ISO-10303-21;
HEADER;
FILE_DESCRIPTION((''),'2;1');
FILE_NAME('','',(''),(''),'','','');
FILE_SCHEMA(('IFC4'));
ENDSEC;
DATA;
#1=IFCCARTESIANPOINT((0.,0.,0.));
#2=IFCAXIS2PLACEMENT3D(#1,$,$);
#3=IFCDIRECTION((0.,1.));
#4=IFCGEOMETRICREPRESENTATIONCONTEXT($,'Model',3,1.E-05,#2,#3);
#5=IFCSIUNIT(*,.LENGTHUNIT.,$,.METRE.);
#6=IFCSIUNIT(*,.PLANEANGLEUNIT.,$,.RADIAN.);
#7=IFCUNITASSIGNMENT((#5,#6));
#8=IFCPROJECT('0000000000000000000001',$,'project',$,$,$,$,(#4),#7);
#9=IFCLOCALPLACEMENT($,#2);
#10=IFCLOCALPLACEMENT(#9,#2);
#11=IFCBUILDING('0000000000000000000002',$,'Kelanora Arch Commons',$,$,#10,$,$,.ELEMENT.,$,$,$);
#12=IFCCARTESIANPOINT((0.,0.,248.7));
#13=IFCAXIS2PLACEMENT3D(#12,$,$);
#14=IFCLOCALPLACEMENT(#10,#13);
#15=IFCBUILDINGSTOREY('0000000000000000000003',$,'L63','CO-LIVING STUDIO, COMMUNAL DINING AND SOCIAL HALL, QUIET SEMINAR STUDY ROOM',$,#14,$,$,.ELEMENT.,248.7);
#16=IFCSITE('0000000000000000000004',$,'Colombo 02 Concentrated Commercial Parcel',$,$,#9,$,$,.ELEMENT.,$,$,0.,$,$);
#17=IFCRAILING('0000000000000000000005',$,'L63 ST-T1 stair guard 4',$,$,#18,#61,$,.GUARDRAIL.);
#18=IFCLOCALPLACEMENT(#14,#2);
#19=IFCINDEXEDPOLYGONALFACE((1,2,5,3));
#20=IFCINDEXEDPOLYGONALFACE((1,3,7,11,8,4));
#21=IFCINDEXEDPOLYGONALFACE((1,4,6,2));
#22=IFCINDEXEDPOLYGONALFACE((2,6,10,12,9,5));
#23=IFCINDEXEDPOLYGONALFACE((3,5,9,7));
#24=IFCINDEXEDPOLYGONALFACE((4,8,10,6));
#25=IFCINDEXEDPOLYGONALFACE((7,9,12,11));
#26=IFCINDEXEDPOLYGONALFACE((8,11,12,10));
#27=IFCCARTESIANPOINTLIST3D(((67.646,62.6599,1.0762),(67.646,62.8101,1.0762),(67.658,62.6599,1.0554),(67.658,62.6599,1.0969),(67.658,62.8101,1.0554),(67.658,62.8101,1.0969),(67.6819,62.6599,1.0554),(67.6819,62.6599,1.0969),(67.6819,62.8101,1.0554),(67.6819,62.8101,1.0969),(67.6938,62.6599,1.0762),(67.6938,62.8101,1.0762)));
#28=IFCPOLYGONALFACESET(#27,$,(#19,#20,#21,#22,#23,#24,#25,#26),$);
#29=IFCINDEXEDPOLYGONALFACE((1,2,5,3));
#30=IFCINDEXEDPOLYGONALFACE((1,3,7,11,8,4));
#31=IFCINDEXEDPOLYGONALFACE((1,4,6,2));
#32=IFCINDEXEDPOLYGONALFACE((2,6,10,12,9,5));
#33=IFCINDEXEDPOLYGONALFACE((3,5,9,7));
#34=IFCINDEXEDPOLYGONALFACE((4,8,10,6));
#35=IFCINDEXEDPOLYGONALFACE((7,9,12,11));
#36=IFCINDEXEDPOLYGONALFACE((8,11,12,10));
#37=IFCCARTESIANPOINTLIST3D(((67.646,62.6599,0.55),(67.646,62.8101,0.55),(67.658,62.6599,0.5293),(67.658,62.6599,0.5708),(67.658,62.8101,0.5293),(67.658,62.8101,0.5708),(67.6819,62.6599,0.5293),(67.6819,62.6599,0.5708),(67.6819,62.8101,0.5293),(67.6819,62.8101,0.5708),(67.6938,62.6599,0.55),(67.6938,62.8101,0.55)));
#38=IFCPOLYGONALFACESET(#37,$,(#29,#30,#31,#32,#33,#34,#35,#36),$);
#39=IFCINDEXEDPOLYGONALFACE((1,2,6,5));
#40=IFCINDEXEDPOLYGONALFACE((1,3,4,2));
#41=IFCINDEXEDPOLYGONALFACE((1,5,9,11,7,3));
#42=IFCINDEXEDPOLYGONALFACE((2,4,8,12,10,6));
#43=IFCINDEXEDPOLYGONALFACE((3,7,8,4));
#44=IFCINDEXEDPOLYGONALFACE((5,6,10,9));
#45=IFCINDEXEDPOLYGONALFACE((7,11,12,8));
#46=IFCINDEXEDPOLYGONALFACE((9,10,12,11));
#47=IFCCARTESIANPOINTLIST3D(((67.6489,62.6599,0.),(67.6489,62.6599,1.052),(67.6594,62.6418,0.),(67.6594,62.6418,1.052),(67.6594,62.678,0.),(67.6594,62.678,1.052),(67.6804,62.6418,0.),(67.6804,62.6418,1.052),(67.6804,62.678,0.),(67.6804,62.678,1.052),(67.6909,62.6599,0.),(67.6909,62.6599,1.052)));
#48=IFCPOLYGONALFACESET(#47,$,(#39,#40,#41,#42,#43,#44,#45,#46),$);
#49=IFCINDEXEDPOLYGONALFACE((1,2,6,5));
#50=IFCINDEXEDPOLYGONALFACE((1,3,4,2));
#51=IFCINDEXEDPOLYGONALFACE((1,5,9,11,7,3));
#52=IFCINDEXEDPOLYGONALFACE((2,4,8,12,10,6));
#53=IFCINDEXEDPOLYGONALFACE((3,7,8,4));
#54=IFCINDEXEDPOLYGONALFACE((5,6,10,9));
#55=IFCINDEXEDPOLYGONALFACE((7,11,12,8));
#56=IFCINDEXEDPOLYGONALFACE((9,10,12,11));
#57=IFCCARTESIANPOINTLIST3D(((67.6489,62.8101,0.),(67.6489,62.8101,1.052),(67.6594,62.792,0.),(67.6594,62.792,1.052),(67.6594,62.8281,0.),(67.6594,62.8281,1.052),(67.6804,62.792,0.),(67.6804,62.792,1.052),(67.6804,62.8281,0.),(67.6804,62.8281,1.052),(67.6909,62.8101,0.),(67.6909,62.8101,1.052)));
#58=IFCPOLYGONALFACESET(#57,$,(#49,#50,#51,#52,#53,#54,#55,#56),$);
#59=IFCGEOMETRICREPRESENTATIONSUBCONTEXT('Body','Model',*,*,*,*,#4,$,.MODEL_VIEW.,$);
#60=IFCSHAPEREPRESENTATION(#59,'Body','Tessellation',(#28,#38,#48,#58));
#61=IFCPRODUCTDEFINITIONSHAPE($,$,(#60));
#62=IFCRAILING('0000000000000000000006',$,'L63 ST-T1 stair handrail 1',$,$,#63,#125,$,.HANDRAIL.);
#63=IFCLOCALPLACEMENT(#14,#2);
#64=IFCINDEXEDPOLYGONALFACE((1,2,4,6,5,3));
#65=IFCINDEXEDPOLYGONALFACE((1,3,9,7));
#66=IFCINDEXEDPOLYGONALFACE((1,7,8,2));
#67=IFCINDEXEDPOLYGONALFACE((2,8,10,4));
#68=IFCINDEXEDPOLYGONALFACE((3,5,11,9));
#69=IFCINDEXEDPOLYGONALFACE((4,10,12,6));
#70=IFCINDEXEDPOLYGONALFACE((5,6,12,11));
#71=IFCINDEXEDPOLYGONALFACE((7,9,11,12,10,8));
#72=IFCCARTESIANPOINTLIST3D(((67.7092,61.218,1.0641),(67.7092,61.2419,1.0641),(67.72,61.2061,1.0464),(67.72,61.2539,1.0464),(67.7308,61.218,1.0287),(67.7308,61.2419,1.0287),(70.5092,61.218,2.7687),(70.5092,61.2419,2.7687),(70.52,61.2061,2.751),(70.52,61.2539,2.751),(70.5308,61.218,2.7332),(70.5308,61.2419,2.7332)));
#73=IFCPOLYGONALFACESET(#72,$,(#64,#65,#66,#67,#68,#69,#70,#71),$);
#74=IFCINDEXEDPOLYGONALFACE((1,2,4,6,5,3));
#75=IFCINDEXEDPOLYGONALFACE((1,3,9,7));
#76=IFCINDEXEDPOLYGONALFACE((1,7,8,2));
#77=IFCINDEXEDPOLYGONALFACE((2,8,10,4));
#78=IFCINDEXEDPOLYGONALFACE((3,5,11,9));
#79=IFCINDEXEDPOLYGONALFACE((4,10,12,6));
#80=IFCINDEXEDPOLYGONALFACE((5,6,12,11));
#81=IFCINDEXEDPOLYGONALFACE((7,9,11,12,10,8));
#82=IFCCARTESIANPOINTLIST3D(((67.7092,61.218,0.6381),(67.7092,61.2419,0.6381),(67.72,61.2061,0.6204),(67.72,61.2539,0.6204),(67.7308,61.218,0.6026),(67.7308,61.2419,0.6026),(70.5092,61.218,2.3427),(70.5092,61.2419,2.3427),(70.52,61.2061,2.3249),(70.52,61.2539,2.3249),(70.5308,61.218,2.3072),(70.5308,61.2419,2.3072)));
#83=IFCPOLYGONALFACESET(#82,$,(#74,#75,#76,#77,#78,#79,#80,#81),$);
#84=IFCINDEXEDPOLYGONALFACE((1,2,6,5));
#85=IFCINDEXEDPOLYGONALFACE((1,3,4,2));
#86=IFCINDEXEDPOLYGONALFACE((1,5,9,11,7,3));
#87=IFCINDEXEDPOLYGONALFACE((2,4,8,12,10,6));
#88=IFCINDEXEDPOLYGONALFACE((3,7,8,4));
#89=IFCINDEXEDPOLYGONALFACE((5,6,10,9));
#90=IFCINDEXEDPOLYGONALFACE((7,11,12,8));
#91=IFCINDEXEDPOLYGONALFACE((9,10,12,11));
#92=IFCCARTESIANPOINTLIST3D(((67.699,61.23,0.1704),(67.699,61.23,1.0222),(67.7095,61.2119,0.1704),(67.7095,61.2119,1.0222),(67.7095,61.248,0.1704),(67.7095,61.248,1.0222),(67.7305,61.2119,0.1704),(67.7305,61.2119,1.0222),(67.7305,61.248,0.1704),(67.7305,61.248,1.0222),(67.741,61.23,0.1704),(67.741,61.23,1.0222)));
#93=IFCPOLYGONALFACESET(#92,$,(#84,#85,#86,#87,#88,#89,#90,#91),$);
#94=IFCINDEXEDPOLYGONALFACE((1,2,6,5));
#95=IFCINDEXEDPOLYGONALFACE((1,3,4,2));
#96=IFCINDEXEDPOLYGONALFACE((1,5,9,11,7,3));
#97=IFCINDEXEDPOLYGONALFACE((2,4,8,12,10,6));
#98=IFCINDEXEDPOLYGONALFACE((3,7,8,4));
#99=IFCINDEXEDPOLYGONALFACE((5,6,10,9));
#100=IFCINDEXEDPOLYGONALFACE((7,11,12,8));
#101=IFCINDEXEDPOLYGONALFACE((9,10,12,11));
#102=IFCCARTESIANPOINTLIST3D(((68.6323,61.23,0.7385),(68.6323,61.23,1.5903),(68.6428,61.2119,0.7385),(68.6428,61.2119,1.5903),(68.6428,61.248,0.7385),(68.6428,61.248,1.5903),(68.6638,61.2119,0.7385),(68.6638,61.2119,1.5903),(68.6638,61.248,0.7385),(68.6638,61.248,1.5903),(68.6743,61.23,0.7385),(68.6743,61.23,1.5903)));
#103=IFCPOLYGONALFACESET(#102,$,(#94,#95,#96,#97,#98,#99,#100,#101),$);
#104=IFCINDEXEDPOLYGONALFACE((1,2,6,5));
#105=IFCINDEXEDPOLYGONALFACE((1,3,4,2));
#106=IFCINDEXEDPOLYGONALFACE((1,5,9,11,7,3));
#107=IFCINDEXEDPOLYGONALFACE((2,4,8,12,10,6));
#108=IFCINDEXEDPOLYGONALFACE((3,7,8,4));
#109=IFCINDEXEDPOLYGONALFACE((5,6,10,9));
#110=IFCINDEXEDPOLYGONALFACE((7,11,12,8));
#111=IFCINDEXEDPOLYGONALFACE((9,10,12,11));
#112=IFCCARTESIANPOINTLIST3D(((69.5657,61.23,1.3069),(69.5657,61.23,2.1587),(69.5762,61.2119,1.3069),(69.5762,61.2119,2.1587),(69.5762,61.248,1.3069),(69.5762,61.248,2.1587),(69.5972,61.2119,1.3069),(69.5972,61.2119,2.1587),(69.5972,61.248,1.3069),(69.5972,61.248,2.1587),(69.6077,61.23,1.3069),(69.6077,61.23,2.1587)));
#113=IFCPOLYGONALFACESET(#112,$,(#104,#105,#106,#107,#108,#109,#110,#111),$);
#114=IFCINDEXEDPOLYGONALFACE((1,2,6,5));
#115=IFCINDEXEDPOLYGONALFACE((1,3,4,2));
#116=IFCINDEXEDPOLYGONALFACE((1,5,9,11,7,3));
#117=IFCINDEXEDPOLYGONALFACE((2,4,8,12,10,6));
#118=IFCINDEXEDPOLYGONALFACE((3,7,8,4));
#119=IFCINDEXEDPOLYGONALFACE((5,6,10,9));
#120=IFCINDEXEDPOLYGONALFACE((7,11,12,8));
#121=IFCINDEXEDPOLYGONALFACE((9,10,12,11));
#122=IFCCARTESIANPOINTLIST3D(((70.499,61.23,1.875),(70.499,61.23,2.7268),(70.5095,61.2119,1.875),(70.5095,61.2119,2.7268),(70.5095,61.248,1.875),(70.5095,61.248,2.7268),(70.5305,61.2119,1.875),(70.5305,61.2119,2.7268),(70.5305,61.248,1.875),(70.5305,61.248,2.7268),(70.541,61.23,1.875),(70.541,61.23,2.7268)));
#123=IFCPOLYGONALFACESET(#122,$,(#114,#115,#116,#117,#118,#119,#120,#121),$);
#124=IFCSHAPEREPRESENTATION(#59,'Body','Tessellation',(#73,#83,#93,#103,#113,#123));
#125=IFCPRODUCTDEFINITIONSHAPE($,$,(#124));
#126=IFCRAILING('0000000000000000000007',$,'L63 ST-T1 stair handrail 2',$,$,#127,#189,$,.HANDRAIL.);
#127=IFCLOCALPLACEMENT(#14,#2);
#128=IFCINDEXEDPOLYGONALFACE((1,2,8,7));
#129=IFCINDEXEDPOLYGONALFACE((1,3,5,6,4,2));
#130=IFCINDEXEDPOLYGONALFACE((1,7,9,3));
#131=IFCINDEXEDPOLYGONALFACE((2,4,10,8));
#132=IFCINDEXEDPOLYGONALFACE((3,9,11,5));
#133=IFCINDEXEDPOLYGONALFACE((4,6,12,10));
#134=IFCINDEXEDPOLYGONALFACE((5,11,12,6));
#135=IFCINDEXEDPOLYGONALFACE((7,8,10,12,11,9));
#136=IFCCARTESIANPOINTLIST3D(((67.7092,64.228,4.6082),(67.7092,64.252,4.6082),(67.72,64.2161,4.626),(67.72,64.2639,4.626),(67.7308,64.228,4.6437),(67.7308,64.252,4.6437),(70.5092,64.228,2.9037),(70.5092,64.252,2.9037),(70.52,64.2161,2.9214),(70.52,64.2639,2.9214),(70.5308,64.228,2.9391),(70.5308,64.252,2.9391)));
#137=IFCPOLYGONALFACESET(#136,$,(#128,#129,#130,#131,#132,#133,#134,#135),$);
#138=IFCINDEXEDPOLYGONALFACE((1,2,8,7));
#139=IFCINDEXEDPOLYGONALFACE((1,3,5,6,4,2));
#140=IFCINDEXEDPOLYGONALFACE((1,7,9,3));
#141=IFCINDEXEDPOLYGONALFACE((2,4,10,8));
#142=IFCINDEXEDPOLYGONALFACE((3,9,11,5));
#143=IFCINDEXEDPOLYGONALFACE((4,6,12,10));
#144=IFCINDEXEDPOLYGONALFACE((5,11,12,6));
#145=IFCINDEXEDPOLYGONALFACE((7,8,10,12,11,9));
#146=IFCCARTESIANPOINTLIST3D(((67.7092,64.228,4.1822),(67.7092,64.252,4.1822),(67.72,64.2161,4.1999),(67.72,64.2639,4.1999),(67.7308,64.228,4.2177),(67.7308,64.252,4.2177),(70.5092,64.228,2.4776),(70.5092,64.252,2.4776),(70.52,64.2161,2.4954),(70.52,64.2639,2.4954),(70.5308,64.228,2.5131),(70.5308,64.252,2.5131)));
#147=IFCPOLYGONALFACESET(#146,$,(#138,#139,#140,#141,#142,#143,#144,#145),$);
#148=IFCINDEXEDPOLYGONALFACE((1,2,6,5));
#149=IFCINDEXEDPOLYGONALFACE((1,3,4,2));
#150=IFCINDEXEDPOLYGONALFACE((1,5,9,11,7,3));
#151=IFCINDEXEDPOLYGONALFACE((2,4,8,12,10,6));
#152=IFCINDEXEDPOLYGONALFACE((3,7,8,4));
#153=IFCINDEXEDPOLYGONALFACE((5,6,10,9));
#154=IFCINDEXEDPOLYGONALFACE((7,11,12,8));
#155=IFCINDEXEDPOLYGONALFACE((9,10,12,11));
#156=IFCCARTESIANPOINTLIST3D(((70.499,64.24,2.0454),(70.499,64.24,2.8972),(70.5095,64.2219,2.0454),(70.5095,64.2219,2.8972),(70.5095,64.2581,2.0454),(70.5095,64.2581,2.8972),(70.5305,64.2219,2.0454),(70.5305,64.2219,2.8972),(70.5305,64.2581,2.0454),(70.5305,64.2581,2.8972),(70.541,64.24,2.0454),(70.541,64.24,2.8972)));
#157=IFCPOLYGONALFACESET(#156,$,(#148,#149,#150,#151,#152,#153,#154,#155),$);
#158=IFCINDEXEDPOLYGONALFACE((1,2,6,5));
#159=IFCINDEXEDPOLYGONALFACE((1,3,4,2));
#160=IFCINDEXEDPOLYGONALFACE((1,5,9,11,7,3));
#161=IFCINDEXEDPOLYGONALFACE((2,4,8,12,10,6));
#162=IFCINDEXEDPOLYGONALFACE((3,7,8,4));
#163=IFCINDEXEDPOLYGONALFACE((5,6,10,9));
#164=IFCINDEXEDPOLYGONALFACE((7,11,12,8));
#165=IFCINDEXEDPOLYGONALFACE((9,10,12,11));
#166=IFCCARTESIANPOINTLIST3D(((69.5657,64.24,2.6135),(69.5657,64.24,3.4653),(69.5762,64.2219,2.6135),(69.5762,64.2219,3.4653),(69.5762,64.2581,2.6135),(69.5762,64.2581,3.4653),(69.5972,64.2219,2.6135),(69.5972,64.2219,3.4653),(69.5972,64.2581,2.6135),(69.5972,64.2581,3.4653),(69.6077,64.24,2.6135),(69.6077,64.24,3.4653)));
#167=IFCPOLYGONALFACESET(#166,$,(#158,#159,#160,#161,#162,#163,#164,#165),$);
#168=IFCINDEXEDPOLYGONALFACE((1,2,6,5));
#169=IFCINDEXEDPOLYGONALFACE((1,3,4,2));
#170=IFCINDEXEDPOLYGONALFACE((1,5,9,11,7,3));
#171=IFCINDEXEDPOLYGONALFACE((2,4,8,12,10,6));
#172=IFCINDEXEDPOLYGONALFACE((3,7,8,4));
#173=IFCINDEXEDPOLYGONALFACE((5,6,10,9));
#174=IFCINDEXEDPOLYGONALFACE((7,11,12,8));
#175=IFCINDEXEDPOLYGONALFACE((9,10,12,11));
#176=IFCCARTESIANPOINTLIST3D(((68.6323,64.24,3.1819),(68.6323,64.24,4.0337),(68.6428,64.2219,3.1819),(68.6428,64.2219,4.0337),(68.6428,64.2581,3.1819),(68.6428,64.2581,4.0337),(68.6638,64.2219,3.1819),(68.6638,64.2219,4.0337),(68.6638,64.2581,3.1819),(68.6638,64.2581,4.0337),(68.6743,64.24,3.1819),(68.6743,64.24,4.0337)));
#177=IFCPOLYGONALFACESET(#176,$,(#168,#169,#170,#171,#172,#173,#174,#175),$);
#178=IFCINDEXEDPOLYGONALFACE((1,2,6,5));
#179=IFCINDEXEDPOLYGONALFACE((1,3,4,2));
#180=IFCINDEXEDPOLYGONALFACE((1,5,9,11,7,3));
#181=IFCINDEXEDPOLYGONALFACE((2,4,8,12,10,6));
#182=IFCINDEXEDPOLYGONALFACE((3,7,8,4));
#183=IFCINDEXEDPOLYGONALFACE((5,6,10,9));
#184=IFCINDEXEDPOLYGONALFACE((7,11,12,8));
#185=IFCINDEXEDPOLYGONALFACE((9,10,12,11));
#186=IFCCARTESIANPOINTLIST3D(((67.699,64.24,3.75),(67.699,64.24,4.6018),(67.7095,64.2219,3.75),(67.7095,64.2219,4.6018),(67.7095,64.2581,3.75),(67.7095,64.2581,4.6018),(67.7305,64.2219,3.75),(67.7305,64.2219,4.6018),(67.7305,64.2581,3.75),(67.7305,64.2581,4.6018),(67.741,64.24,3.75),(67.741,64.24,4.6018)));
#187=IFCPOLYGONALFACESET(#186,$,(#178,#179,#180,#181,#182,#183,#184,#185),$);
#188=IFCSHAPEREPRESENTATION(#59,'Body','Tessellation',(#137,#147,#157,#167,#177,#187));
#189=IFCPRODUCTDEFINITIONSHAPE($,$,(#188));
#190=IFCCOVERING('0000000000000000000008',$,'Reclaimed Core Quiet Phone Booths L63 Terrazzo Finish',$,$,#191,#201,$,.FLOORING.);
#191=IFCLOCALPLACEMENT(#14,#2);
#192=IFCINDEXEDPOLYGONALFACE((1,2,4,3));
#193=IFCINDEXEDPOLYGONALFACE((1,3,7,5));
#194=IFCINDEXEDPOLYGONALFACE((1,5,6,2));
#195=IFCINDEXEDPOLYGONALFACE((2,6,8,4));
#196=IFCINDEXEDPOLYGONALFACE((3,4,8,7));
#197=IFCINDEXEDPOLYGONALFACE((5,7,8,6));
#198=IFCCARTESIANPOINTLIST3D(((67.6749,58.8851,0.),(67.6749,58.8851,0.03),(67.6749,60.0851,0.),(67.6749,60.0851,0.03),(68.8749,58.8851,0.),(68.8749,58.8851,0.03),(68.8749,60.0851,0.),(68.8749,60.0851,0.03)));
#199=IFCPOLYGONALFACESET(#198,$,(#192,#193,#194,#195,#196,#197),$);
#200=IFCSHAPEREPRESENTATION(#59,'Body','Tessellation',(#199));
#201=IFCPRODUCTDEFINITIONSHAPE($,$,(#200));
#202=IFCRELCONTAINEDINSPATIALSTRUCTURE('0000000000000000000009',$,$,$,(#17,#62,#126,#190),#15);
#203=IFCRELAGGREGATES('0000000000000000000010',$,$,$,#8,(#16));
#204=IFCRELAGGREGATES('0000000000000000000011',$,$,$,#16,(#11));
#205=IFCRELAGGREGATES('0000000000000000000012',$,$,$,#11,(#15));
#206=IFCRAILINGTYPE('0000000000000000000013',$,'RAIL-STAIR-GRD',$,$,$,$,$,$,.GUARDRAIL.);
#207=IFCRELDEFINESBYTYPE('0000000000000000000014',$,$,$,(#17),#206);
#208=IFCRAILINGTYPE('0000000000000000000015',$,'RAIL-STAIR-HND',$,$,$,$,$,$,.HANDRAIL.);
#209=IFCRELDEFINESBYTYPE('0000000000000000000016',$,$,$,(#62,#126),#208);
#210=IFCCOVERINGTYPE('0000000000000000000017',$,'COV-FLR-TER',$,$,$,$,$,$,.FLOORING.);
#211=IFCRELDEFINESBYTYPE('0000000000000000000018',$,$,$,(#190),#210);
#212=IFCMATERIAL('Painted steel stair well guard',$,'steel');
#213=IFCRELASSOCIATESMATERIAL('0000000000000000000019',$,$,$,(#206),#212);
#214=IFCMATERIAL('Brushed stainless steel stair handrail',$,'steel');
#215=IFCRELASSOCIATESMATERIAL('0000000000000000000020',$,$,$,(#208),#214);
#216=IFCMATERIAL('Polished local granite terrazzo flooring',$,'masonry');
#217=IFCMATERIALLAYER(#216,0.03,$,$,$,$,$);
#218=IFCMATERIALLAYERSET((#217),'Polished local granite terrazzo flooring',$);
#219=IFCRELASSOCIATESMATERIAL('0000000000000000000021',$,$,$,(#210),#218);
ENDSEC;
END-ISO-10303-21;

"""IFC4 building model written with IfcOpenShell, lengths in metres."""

from ifc_helpers import new_model, si_unit, direction, frame, origin, origin_2d, place, context, subcontext, project, spatial, polyline, rectangle, outline, extrude, source, transform, mapped, material, layer, layer_set, type_object, element, save


model = new_model("IFC4")

# Units and contexts
model_context = context("Model", 3, precision=1e-05, world=origin(), true_north=direction((0.0, 1.0)))
body_context = subcontext(model_context, "Body", "Model", "MODEL_VIEW")
ifc_project = project(units=[si_unit("LENGTHUNIT", "METRE"), si_unit("PLANEANGLEUNIT", "RADIAN")], contexts=[model_context])

# Site, building, storey
site_placement = place(None, origin())
site = spatial("IfcSite", under=ifc_project, at=site_placement, Name="Colombo 02 Concentrated Commercial Parcel", CompositionType="ELEMENT", RefElevation=0.0)
building_placement = place(site_placement, origin())
building = spatial("IfcBuilding", under=site, at=building_placement, Name="Kelanora Arch Commons", CompositionType="ELEMENT")
storey_placement = place(building_placement, frame((0.0, 0.0, 248.7)))
storey = spatial("IfcBuildingStorey", under=building, at=storey_placement, Name="L63", Description="CO-LIVING STUDIO, COMMUNAL DINING AND SOCIAL HALL, QUIET SEMINAR STUDY ROOM", CompositionType="ELEMENT", Elevation=248.7)

# Railings
ifc_material_1 = material(Name="Painted steel stair well guard", Category="steel")
railing_type_1 = type_object("IfcRailingType", Name="RAIL-STAIR-GRD", PredefinedType="GUARDRAIL", material=ifc_material_1)
railing_1_placement = place(storey_placement, frame((67.6699, 62.6599, 0.0)))
element("IfcRailing", 1, at=railing_1_placement, inside=storey, type_object=railing_type_1, Name="L63 ST-T1 stair guard 4", PredefinedType="GUARDRAIL", context=body_context, shape_type="SweptSolid", body=[
    extrude(outline(polyline([(0.0239, 0.0), (0.012, 0.0208), (-0.012, 0.0208), (-0.0239, 0.0), (-0.012, -0.0208), (0.012, -0.0208), (0.0239, 0.0)])), frame((0.0, 0.0, 1.0762), z_axis=(0.0, 1.0, 0.0), x_axis=(-1.0, 0.0, 0.0)), (0.0, 0.0, 1.0), 0.1501),
    extrude(outline(polyline([(0.0239, 0.0), (0.012, 0.0208), (-0.012, 0.0208), (-0.0239, 0.0), (-0.012, -0.0208), (0.012, -0.0208), (0.0239, 0.0)])), frame((0.0, 0.0, 0.55), z_axis=(0.0, 1.0, 0.0), x_axis=(-1.0, 0.0, 0.0)), (0.0, 0.0, 1.0), 0.1501),
    extrude(outline(polyline([(0.021, 0.0), (0.0105, 0.0181), (-0.0105, 0.0181), (-0.021, 0.0), (-0.0105, -0.0181), (0.0105, -0.0181), (0.021, 0.0)])), origin(), (0.0, 0.0, 1.0), 1.052),
    extrude(outline(polyline([(0.021, 0.0), (0.0105, 0.0181), (-0.0105, 0.0181), (-0.021, 0.0), (-0.0105, -0.0181), (0.0105, -0.0181), (0.021, 0.0)])), frame((0.0, 0.1501, 0.0)), (0.0, 0.0, 1.0), 1.052),
])
ifc_material_2 = material(Name="Brushed stainless steel stair handrail", Category="steel")
railing_type_2 = type_object("IfcRailingType", Name="RAIL-STAIR-HND", PredefinedType="HANDRAIL", material=ifc_material_2)
railing_2_placement = place(storey_placement, frame((67.72, 61.23, 0.1704)))
element("IfcRailing", 2, at=railing_2_placement, inside=storey, type_object=railing_type_2, Name="L63 ST-T1 stair handrail 1", PredefinedType="HANDRAIL", context=body_context, shape_type="SweptSolid", body=[
    extrude(outline(polyline([(0.0239, 0.0), (0.012, 0.0208), (-0.012, 0.0208), (-0.0239, 0.0), (-0.012, -0.0208), (0.012, -0.0208), (0.0239, 0.0)])), frame((0.0, 0.0, 0.876), z_axis=(0.85417, 0.0, 0.519994), x_axis=(0.0, 1.0, 0.0)), (0.0, 0.0, 1.0), 3.2781),
    extrude(outline(polyline([(0.0239, 0.0), (0.012, 0.0208), (-0.012, 0.0208), (-0.0239, 0.0), (-0.012, -0.0208), (0.012, -0.0208), (0.0239, 0.0)])), frame((0.0, 0.0, 0.45), z_axis=(0.85417, 0.0, 0.519994), x_axis=(0.0, 1.0, 0.0)), (0.0, 0.0, 1.0), 3.2781),
    extrude(outline(polyline([(0.021, 0.0), (0.0105, 0.0181), (-0.0105, 0.0181), (-0.021, 0.0), (-0.0105, -0.0181), (0.0105, -0.0181), (0.021, 0.0)])), origin(), (0.0, 0.0, 1.0), 0.8518),
    extrude(outline(polyline([(0.021, 0.0), (0.0105, 0.0181), (-0.0105, 0.0181), (-0.021, 0.0), (-0.0105, -0.0181), (0.0105, -0.0181), (0.021, 0.0)])), frame((0.9333, 0.0, 0.5681)), (0.0, 0.0, 1.0), 0.8518),
    extrude(outline(polyline([(0.021, 0.0), (0.0105, 0.0181), (-0.0105, 0.0181), (-0.021, 0.0), (-0.0105, -0.0181), (0.0105, -0.0181), (0.021, 0.0)])), frame((1.8667, 0.0, 1.1365)), (0.0, 0.0, 1.0), 0.8518),
    extrude(outline(polyline([(0.021, 0.0), (0.0105, 0.0181), (-0.0105, 0.0181), (-0.021, 0.0), (-0.0105, -0.0181), (0.0105, -0.0181), (0.021, 0.0)])), frame((2.8, 0.0, 1.7046)), (0.0, 0.0, 1.0), 0.8518),
])
railing_3_placement = place(storey_placement, frame((70.52, 64.24, 2.0454)))
element("IfcRailing", 3, at=railing_3_placement, inside=storey, type_object=railing_type_2, Name="L63 ST-T1 stair handrail 2", PredefinedType="HANDRAIL", context=body_context, shape_type="SweptSolid", body=[
    extrude(outline(polyline([(0.0239, 0.0), (0.012, 0.0208), (-0.012, 0.0208), (-0.0239, 0.0), (-0.012, -0.0208), (0.012, -0.0208), (0.0239, 0.0)])), frame((0.0, 0.0, 0.876), z_axis=(-0.85417, 0.0, 0.519994), x_axis=(0.0, -1.0, 0.0)), (0.0, 0.0, 1.0), 3.2781),
    extrude(outline(polyline([(0.0239, 0.0), (0.012, 0.0208), (-0.012, 0.0208), (-0.0239, 0.0), (-0.012, -0.0208), (0.012, -0.0208), (0.0239, 0.0)])), frame((0.0, 0.0, 0.45), z_axis=(-0.85417, 0.0, 0.519994), x_axis=(0.0, -1.0, 0.0)), (0.0, 0.0, 1.0), 3.2781),
    extrude(outline(polyline([(0.021, 0.0), (0.0105, 0.0181), (-0.0105, 0.0181), (-0.021, 0.0), (-0.0105, -0.0181), (0.0105, -0.0181), (0.021, 0.0)])), origin(), (0.0, 0.0, 1.0), 0.8518),
    extrude(outline(polyline([(0.021, 0.0), (0.0105, 0.0181), (-0.0105, 0.0181), (-0.021, 0.0), (-0.0105, -0.0181), (0.0105, -0.0181), (0.021, 0.0)])), frame((-0.9333, 0.0, 0.5681)), (0.0, 0.0, 1.0), 0.8518),
    extrude(outline(polyline([(0.021, 0.0), (0.0105, 0.0181), (-0.0105, 0.0181), (-0.021, 0.0), (-0.0105, -0.0181), (0.0105, -0.0181), (0.021, 0.0)])), frame((-1.8667, 0.0, 1.1365)), (0.0, 0.0, 1.0), 0.8518),
    extrude(outline(polyline([(0.021, 0.0), (0.0105, 0.0181), (-0.0105, 0.0181), (-0.021, 0.0), (-0.0105, -0.0181), (0.0105, -0.0181), (0.021, 0.0)])), frame((-2.8, 0.0, 1.7046)), (0.0, 0.0, 1.0), 0.8518),
])

# Covering
ifc_material_3 = material(Name="Polished local granite terrazzo flooring", Category="masonry")
ifc_layer_1 = layer(ifc_material_3, 0.03)
ifc_layer_set_1 = layer_set([ifc_layer_1], Name="Polished local granite terrazzo flooring")
covering_type = type_object("IfcCoveringType", Name="COV-FLR-TER", PredefinedType="FLOORING", material=ifc_layer_set_1)
shared_shape = source(origin(), body_context, "Body", "SweptSolid", [
    extrude(rectangle(XDim=1.2, YDim=1.2, at=origin_2d()), origin(), (0.0, 0.0, 1.0), 0.03),
])
covering_placement = place(storey_placement, frame((68.2749, 59.4851, 0.0), z_axis=(0.0, 0.0, 1.0), x_axis=(1.0, 0.0, 0.0)))
element("IfcCovering", 4, at=covering_placement, inside=storey, type_object=covering_type, Name="Reclaimed Core Quiet Phone Booths L63 Terrazzo Finish", PredefinedType="FLOORING", context=body_context, shape_type="MappedRepresentation", body=[
    mapped(shared_shape, transform((0.0, 0.0, 0.0), scale=1.0)),
])

save(model, "model.ifc")
